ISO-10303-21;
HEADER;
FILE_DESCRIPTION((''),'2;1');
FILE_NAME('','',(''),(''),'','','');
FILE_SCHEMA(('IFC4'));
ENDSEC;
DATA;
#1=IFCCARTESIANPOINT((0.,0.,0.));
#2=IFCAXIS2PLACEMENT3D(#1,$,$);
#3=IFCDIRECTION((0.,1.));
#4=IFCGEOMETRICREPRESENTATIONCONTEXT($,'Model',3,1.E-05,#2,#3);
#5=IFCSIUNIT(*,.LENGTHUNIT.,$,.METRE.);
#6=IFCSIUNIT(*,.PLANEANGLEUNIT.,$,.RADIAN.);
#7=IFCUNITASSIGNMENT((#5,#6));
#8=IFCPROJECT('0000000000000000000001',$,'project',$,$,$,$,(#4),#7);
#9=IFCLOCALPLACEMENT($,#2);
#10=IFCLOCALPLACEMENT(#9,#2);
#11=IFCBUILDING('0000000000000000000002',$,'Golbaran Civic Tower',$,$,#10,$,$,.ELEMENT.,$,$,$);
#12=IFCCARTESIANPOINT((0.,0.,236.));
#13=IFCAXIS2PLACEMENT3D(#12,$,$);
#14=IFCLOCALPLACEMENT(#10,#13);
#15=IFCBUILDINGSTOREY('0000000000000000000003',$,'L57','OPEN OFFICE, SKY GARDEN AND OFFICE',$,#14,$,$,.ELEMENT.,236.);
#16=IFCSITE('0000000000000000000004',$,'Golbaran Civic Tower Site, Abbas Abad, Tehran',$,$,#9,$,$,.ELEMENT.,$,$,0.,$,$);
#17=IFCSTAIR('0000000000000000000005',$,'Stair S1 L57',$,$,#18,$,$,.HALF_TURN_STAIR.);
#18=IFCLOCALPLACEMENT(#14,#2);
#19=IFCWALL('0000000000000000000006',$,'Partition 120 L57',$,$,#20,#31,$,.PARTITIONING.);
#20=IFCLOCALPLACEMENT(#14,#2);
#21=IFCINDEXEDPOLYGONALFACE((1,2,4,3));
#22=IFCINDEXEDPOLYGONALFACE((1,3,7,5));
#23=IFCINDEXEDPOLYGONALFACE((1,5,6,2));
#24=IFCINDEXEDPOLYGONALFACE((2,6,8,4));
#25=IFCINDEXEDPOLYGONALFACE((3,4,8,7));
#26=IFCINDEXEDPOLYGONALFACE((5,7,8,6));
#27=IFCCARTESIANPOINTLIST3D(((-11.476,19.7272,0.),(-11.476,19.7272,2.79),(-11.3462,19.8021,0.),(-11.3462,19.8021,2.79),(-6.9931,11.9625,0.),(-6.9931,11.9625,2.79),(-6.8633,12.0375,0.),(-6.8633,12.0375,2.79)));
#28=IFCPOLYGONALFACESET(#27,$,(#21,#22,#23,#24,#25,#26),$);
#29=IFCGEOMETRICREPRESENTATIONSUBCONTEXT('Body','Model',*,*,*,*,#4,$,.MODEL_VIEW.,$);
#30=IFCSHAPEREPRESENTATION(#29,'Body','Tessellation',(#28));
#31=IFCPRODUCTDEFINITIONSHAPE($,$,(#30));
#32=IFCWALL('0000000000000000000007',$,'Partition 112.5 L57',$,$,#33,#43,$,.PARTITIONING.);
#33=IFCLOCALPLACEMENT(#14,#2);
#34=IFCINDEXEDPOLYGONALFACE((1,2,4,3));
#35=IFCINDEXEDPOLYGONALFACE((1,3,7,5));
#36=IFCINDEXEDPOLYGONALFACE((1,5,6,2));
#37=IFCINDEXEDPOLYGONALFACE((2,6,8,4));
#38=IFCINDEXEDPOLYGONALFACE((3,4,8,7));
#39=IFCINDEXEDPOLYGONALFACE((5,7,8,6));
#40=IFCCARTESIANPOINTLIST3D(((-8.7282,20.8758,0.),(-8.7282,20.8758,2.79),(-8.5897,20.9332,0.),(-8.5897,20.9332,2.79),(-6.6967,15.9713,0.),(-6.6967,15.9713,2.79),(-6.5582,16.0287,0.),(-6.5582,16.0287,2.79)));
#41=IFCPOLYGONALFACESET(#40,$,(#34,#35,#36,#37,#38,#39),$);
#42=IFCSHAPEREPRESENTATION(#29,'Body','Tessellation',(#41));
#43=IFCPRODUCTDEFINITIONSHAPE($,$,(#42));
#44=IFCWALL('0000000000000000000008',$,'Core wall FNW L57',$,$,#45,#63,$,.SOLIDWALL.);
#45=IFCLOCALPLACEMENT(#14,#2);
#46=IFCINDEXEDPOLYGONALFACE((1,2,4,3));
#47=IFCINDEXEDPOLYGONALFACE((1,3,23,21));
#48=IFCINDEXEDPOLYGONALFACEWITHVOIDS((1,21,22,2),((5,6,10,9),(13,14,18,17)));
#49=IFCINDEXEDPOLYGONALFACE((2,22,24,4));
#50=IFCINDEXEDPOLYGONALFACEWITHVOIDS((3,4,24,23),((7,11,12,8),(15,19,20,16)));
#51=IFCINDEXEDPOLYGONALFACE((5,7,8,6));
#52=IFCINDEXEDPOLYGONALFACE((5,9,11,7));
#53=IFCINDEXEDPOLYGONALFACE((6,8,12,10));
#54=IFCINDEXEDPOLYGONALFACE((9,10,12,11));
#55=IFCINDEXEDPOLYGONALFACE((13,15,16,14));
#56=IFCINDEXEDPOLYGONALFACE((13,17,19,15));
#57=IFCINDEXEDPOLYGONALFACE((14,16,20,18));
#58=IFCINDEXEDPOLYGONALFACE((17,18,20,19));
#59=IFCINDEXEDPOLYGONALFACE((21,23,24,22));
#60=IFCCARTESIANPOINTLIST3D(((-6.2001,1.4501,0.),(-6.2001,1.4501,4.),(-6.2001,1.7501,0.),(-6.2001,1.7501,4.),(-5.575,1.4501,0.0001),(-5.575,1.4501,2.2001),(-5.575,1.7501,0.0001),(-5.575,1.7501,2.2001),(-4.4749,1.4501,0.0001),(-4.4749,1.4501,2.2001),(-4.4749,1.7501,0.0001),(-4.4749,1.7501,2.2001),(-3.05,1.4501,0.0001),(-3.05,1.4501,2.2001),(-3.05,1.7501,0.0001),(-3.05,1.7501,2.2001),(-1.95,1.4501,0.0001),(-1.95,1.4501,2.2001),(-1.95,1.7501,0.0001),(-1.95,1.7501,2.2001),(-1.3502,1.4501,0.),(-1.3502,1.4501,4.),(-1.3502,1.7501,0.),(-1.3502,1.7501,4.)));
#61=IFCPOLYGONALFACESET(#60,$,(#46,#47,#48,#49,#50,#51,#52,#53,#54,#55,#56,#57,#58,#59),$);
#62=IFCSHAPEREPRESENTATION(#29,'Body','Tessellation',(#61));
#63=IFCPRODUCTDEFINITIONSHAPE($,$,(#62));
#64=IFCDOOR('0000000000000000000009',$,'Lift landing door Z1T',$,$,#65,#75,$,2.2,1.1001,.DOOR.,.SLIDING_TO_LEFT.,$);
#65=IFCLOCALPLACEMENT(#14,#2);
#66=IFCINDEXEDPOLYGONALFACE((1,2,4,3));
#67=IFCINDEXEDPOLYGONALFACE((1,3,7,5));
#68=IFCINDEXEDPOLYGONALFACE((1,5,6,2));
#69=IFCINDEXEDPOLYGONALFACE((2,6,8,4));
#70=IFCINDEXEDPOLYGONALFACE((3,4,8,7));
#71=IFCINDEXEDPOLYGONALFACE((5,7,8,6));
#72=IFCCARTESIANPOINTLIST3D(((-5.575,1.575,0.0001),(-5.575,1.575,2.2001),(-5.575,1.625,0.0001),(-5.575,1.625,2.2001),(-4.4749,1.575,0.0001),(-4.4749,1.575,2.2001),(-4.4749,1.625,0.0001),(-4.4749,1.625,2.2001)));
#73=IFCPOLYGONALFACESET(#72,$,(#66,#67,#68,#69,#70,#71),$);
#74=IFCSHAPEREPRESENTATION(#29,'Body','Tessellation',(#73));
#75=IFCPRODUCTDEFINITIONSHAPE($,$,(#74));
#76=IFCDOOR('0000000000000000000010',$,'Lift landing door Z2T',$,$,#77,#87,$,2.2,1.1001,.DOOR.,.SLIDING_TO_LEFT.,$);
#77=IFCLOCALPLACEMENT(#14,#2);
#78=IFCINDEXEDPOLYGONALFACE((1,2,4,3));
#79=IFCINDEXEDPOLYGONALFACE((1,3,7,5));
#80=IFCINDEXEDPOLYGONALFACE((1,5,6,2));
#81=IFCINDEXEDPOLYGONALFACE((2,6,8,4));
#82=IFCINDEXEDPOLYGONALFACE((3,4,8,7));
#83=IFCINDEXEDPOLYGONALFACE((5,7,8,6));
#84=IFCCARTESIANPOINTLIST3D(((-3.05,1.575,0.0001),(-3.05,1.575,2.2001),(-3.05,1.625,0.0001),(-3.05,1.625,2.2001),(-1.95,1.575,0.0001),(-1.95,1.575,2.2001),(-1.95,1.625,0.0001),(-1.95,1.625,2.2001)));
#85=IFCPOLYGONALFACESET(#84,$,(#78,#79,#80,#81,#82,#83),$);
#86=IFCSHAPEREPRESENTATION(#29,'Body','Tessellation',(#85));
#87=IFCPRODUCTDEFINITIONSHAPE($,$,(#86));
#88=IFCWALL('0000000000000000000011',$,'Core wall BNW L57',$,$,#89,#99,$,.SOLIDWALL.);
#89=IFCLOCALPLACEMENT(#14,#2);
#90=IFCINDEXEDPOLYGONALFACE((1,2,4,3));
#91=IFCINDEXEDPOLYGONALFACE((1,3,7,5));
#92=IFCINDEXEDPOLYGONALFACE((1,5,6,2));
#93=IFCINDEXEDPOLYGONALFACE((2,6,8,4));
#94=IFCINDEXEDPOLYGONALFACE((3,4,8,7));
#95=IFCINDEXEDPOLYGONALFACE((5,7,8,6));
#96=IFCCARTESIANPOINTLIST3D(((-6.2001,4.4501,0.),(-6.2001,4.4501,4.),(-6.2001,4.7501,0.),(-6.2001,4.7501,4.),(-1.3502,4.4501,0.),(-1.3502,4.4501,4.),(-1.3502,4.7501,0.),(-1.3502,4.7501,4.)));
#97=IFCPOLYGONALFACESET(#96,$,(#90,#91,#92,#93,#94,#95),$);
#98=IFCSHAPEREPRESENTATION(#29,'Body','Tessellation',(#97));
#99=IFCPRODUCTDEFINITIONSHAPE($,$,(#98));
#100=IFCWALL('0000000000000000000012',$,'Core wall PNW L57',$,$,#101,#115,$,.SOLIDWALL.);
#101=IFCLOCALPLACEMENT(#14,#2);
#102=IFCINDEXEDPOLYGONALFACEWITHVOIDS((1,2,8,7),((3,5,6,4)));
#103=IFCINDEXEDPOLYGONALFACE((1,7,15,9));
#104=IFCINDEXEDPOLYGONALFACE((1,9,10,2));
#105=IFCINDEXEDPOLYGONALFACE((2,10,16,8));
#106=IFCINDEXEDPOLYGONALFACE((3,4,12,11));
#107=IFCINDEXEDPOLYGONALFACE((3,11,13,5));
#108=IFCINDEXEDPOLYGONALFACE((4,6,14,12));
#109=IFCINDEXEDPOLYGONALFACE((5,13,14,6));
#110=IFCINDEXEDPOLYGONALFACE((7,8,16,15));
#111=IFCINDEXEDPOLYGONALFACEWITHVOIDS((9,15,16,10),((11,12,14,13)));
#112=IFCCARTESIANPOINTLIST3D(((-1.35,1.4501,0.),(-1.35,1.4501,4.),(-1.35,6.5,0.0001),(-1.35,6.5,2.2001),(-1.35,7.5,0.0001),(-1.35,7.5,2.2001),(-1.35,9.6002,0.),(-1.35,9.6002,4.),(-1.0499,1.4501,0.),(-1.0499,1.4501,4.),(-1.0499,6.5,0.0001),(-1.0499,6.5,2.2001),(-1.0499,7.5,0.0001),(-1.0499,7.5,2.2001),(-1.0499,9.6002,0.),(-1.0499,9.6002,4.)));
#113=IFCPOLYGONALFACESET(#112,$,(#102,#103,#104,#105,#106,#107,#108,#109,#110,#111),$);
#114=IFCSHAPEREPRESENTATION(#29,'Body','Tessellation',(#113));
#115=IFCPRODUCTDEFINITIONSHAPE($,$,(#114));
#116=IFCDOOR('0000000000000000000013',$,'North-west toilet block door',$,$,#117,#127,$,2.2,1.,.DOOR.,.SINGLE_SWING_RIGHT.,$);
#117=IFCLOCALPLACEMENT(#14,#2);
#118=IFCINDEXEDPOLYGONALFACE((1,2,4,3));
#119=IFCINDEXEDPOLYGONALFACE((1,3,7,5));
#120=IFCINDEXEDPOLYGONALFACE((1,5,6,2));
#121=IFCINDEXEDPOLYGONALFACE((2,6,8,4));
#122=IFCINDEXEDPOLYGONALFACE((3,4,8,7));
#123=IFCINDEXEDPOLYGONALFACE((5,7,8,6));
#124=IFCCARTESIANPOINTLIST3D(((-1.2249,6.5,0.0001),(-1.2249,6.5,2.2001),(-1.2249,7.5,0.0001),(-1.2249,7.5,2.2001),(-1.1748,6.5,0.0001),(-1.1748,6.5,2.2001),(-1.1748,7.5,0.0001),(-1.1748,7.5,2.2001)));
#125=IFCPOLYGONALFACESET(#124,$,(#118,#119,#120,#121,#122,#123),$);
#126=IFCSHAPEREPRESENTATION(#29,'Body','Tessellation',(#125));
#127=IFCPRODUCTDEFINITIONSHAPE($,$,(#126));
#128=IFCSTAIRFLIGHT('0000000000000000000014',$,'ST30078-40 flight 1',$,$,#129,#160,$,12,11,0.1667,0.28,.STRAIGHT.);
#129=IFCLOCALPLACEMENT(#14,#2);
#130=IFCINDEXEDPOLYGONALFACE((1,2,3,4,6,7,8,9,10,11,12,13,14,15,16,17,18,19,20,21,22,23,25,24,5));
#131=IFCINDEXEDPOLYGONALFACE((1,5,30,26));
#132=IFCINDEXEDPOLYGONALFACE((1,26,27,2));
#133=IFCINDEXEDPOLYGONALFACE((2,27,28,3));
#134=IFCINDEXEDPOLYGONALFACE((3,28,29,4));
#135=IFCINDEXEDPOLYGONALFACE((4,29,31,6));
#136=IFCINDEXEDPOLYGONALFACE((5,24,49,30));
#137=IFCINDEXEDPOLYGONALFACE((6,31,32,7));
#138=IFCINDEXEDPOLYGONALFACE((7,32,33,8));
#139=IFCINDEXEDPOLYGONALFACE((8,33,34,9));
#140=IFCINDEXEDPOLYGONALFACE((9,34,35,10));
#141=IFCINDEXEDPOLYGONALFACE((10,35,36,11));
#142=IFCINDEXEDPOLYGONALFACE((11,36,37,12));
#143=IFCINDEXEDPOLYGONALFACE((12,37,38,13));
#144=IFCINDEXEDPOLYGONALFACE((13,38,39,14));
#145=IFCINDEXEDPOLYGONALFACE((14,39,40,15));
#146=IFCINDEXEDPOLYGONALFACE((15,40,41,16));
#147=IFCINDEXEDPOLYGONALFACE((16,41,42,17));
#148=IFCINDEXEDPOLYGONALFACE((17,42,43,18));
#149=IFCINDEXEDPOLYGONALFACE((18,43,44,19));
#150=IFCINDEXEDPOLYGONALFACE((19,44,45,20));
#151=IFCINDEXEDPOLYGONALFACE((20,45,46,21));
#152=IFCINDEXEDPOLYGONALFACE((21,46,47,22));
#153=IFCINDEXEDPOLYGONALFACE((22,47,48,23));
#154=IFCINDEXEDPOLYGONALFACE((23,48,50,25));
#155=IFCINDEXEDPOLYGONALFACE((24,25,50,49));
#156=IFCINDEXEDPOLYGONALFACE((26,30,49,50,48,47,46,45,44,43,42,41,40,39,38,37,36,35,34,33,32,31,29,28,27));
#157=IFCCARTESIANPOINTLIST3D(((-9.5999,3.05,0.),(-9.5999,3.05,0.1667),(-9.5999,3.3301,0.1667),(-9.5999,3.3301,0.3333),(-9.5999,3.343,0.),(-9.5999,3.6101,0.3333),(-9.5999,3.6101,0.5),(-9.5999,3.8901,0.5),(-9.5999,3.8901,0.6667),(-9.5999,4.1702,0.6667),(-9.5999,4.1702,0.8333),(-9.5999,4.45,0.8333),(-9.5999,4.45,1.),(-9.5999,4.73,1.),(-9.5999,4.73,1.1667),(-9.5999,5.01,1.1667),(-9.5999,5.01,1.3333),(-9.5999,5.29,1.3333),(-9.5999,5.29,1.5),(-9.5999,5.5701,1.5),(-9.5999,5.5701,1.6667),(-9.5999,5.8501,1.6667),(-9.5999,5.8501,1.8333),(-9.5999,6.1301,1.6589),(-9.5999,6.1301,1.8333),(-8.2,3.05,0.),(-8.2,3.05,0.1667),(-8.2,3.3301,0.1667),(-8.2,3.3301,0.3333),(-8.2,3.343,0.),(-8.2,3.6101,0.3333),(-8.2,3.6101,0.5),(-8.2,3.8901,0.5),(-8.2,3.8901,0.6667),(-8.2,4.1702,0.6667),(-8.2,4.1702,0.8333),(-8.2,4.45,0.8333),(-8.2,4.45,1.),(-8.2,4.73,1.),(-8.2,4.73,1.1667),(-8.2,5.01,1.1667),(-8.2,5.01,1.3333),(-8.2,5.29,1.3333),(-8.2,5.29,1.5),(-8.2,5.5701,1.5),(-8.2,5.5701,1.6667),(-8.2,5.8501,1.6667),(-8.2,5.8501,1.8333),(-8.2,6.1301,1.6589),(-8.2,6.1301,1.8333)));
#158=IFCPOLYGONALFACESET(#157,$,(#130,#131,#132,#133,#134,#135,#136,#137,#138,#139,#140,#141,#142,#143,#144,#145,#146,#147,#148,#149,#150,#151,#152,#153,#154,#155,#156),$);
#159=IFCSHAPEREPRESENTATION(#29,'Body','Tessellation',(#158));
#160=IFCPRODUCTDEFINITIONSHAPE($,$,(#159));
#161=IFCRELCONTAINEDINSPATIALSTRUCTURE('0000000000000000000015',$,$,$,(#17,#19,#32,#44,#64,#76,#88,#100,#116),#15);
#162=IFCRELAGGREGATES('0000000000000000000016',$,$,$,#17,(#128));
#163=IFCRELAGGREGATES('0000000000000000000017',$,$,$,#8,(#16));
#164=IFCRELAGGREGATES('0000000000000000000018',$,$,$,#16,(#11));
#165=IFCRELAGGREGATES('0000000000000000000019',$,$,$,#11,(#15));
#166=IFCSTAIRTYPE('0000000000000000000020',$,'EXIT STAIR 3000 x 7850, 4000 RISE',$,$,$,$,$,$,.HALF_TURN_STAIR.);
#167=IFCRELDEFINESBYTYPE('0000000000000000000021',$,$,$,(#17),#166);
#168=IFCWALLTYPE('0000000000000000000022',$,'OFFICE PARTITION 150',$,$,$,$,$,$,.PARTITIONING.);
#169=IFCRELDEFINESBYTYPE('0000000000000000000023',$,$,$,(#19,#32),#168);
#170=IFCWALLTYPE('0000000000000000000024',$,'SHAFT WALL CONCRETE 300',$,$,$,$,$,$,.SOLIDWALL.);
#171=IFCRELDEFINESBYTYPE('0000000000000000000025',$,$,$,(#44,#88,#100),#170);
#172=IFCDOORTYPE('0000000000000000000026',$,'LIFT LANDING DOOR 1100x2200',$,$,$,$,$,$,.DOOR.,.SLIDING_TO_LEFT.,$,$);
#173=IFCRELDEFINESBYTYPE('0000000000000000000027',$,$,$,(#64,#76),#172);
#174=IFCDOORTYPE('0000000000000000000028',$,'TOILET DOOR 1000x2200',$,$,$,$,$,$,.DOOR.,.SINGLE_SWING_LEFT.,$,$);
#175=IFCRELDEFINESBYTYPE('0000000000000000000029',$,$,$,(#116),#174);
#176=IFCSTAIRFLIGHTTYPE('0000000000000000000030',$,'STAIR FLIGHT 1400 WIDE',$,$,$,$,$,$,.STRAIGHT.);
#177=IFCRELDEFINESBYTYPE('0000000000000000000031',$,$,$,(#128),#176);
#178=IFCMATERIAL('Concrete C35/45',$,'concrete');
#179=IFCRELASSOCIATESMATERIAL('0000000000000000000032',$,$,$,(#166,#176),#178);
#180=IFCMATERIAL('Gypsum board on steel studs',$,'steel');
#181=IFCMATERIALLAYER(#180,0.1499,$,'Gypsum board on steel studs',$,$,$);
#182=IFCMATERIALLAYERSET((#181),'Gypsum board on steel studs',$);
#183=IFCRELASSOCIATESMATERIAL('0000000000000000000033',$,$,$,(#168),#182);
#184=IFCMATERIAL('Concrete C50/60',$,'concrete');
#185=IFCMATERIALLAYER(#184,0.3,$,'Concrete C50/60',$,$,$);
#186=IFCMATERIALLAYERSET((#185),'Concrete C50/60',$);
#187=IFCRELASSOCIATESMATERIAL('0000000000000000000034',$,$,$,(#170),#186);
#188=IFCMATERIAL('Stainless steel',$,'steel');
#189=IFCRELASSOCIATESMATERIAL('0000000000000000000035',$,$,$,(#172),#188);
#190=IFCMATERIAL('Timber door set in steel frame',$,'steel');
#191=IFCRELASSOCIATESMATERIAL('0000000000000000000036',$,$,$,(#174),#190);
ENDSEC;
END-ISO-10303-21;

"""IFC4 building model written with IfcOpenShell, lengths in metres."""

from ifc_helpers import new_model, si_unit, direction, frame, frame_2d, origin, place, context, subcontext, project, spatial, polyline, rectangle, outline, extrude, material, layer, layer_set, type_object, element, fill, aggregate, save


model = new_model("IFC4")

# Units and contexts
model_context = context("Model", 3, precision=1e-05, world=origin(), true_north=direction((0.0, 1.0)))
body_context = subcontext(model_context, "Body", "Model", "MODEL_VIEW")
ifc_project = project(units=[si_unit("LENGTHUNIT", "METRE"), si_unit("PLANEANGLEUNIT", "RADIAN")], contexts=[model_context])

# Site, building, storey
site_placement = place(None, origin())
site = spatial("IfcSite", under=ifc_project, at=site_placement, Name="Golbaran Civic Tower Site, Abbas Abad, Tehran", CompositionType="ELEMENT", RefElevation=0.0)
building_placement = place(site_placement, origin())
building = spatial("IfcBuilding", under=site, at=building_placement, Name="Golbaran Civic Tower", CompositionType="ELEMENT")
storey_placement = place(building_placement, frame((0.0, 0.0, 236.0)))
storey = spatial("IfcBuildingStorey", under=building, at=storey_placement, Name="L57", Description="OPEN OFFICE, SKY GARDEN AND OFFICE", CompositionType="ELEMENT", Elevation=236.0)

# Shared definitions
ifc_material_1 = material(Name="Concrete C35/45", Category="concrete")

# Stair
stair_type_1 = type_object("IfcStairType", Name="EXIT STAIR 3000 x 7850, 4000 RISE", PredefinedType="HALF_TURN_STAIR", material=ifc_material_1)
stair_1_placement = place(storey_placement, origin())
stair_1 = element("IfcStair", 1, at=stair_1_placement, inside=storey, type_object=stair_type_1, Name="Stair S1 L57", PredefinedType="HALF_TURN_STAIR")

# Shared definitions
ifc_material_2 = material(Name="Timber door set in steel frame", Category="steel")

# Walls
ifc_material_3 = material(Name="Gypsum board on steel studs", Category="steel")
ifc_layer_1 = layer(ifc_material_3, 0.1499, Name="Gypsum board on steel studs")
ifc_layer_set_1 = layer_set([ifc_layer_1], Name="Gypsum board on steel studs")
wall_type_1 = type_object("IfcWallType", Name="OFFICE PARTITION 150", PredefinedType="PARTITIONING", material=ifc_layer_set_1)
wall_1_placement = place(storey_placement, frame((-6.9282, 12.0, 0.0), z_axis=(0.0, 0.0, 1.0), x_axis=(-0.499999, 0.866026, 0.0)))
element("IfcWall", 2, at=wall_1_placement, inside=storey, type_object=wall_type_1, Name="Partition 120 L57", PredefinedType="PARTITIONING", context=body_context, shape_type="SweptSolid", body=[
    extrude(rectangle(XDim=8.9658, YDim=0.1499, at=frame_2d((4.4829, 0.0))), origin(), (0.0, 0.0, 1.0), 2.79),
])
wall_2_placement = place(storey_placement, frame((-6.6274, 16.0, 0.0), z_axis=(0.0, 0.0, 1.0), x_axis=(-0.382678, 0.923882, 0.0)))
element("IfcWall", 3, at=wall_2_placement, inside=storey, type_object=wall_type_1, Name="Partition 112.5 L57", PredefinedType="PARTITIONING", context=body_context, shape_type="SweptSolid", body=[
    extrude(rectangle(XDim=5.3086, YDim=0.1499, at=frame_2d((2.6543, 0.0))), origin(), (0.0, 0.0, 1.0), 2.79),
])

# Wall, openings, doors
ifc_material_4 = material(Name="Concrete C50/60", Category="concrete")
ifc_layer_2 = layer(ifc_material_4, 0.3, Name="Concrete C50/60")
ifc_layer_set_2 = layer_set([ifc_layer_2], Name="Concrete C50/60")
wall_type_2 = type_object("IfcWallType", Name="SHAFT WALL CONCRETE 300", PredefinedType="SOLIDWALL", material=ifc_layer_set_2)
wall_3_placement = place(storey_placement, frame((-6.2, 1.6001, 0.0), z_axis=(0.0, 0.0, 1.0), x_axis=(1.0, 0.0, 0.0)))
wall_3 = element("IfcWall", 4, at=wall_3_placement, inside=storey, type_object=wall_type_2, Name="Core wall FNW L57", PredefinedType="SOLIDWALL", context=body_context, shape_type="SweptSolid", body=[
    extrude(rectangle(XDim=4.8499, YDim=0.3, at=frame_2d((2.4248, 0.0))), origin(), (0.0, 0.0, 1.0), 4.0),
])
opening_1_placement = place(wall_3_placement, frame((0.625, 0.0, 0.0)))
opening_1 = element("IfcOpeningElement", 5, at=opening_1_placement, cuts=wall_3, PredefinedType="OPENING", context=body_context, shape_type="SweptSolid", body=[
    extrude(rectangle(XDim=1.1001, YDim=2.2, at=frame_2d((0.55, 1.1001))), frame((0.0, 0.1599, 0.0), z_axis=(0.0, -1.0, 0.0), x_axis=(1.0, 0.0, 0.0)), (0.0, 0.0, 1.0), 0.3201),
])
opening_2_placement = place(wall_3_placement, frame((3.1499, 0.0, 0.0)))
opening_2 = element("IfcOpeningElement", 6, at=opening_2_placement, cuts=wall_3, PredefinedType="OPENING", context=body_context, shape_type="SweptSolid", body=[
    extrude(rectangle(XDim=1.1001, YDim=2.2, at=frame_2d((0.55, 1.1001))), frame((0.0, 0.1599, 0.0), z_axis=(0.0, -1.0, 0.0), x_axis=(1.0, 0.0, 0.0)), (0.0, 0.0, 1.0), 0.3201),
])
ifc_material_5 = material(Name="Stainless steel", Category="steel")
door_type_1 = type_object("IfcDoorType", Name="LIFT LANDING DOOR 1100x2200", OperationType="SLIDING_TO_LEFT", PredefinedType="DOOR", material=ifc_material_5)
door_1_placement = place(opening_1_placement, origin())
door_1 = element("IfcDoor", 7, at=door_1_placement, inside=storey, type_object=door_type_1, Name="Lift landing door Z1T", OperationType="SLIDING_TO_LEFT", OverallHeight=2.2, OverallWidth=1.1001, PredefinedType="DOOR", context=body_context, shape_type="SweptSolid", body=[
    extrude(rectangle(XDim=1.1001, YDim=2.2, at=frame_2d((0.55, 1.1001))), frame((0.0, 0.0249, 0.0), z_axis=(0.0, -1.0, 0.0), x_axis=(1.0, 0.0, 0.0)), (0.0, 0.0, 1.0), 0.05),
])
fill(opening_1, door_1)
door_2_placement = place(opening_2_placement, origin())
door_2 = element("IfcDoor", 8, at=door_2_placement, inside=storey, type_object=door_type_1, Name="Lift landing door Z2T", OperationType="SLIDING_TO_LEFT", OverallHeight=2.2, OverallWidth=1.1001, PredefinedType="DOOR", context=body_context, shape_type="SweptSolid", body=[
    extrude(rectangle(XDim=1.1001, YDim=2.2, at=frame_2d((0.55, 1.1001))), frame((0.0, 0.0249, 0.0), z_axis=(0.0, -1.0, 0.0), x_axis=(1.0, 0.0, 0.0)), (0.0, 0.0, 1.0), 0.05),
])
fill(opening_2, door_2)

# Wall
wall_4_placement = place(storey_placement, frame((-6.2, 4.6001, 0.0), z_axis=(0.0, 0.0, 1.0), x_axis=(1.0, 0.0, 0.0)))
element("IfcWall", 9, at=wall_4_placement, inside=storey, type_object=wall_type_2, Name="Core wall BNW L57", PredefinedType="SOLIDWALL", context=body_context, shape_type="SweptSolid", body=[
    extrude(rectangle(XDim=4.8499, YDim=0.3, at=frame_2d((2.4248, 0.0))), origin(), (0.0, 0.0, 1.0), 4.0),
])

# Wall, opening, door
wall_5_placement = place(storey_placement, frame((-1.2, 1.45, 0.0), z_axis=(0.0, 0.0, 1.0), x_axis=(0.0, 1.0, 0.0)))
wall_5 = element("IfcWall", 10, at=wall_5_placement, inside=storey, type_object=wall_type_2, Name="Core wall PNW L57", PredefinedType="SOLIDWALL", context=body_context, shape_type="SweptSolid", body=[
    extrude(rectangle(XDim=8.1501, YDim=0.3, at=frame_2d((4.0752, 0.0))), origin(), (0.0, 0.0, 1.0), 4.0),
])
opening_3_placement = place(wall_5_placement, frame((5.05, 0.0, 0.0)))
opening_3 = element("IfcOpeningElement", 11, at=opening_3_placement, cuts=wall_5, PredefinedType="OPENING", context=body_context, shape_type="SweptSolid", body=[
    extrude(rectangle(XDim=1.0, YDim=2.2, at=frame_2d((0.5, 1.1001))), frame((0.0, 0.1599, 0.0), z_axis=(0.0, -1.0, 0.0), x_axis=(1.0, 0.0, 0.0)), (0.0, 0.0, 1.0), 0.3201),
])
door_type_2 = type_object("IfcDoorType", Name="TOILET DOOR 1000x2200", OperationType="SINGLE_SWING_LEFT", PredefinedType="DOOR", material=ifc_material_2)
door_3_placement = place(opening_3_placement, origin())
door_3 = element("IfcDoor", 12, at=door_3_placement, inside=storey, type_object=door_type_2, Name="North-west toilet block door", OperationType="SINGLE_SWING_RIGHT", OverallHeight=2.2, OverallWidth=1.0, PredefinedType="DOOR", context=body_context, shape_type="SweptSolid", body=[
    extrude(rectangle(XDim=1.0, YDim=2.2, at=frame_2d((0.5, 1.1001))), frame((0.0, 0.0249, 0.0), z_axis=(0.0, -1.0, 0.0), x_axis=(1.0, 0.0, 0.0)), (0.0, 0.0, 1.0), 0.05),
])
fill(opening_3, door_3)

# Stair flight
stair_flight_type = type_object("IfcStairFlightType", Name="STAIR FLIGHT 1400 WIDE", PredefinedType="STRAIGHT", material=ifc_material_1)
stair_flight_1_placement = place(storey_placement, frame((-8.8999, 3.05, 0.0), z_axis=(0.0, 0.0, 1.0), x_axis=(0.0, 1.0, 0.0)))
stair_flight_1 = element("IfcStairFlight", 13, at=stair_flight_1_placement, type_object=stair_flight_type, Name="ST30078-40 flight 1", NumberOfRisers=12, NumberOfTreads=11, PredefinedType="STRAIGHT", RiserHeight=0.1667, TreadLength=0.28, context=body_context, shape_type="SweptSolid", body=[
    extrude(outline(polyline([(0.0, 0.0), (0.0, 0.1667), (0.28, 0.1667), (0.28, 0.3333), (0.5601, 0.3333), (0.5601, 0.5), (0.8401, 0.5), (0.8401, 0.6667), (1.1201, 0.6667), (1.1201, 0.8333), (1.3999, 0.8333), (1.3999, 1.0), (1.6799, 1.0), (1.6799, 1.1667), (1.96, 1.1667), (1.96, 1.3333), (2.24, 1.3333), (2.24, 1.5), (2.52, 1.5), (2.52, 1.6667), (2.8, 1.6667), (2.8, 1.8333), (3.0801, 1.8333), (3.0801, 2.0), (3.0801, 1.6589), (0.293, 0.0), (0.0, 0.0)])), frame((0.0, 0.7, 0.0), z_axis=(0.0, -1.0, 0.0), x_axis=(1.0, 0.0, 0.0)), (0.0, 0.0, 1.0), 1.3999),
])
aggregate(stair_1, [stair_flight_1])

save(model, "model.ifc")
